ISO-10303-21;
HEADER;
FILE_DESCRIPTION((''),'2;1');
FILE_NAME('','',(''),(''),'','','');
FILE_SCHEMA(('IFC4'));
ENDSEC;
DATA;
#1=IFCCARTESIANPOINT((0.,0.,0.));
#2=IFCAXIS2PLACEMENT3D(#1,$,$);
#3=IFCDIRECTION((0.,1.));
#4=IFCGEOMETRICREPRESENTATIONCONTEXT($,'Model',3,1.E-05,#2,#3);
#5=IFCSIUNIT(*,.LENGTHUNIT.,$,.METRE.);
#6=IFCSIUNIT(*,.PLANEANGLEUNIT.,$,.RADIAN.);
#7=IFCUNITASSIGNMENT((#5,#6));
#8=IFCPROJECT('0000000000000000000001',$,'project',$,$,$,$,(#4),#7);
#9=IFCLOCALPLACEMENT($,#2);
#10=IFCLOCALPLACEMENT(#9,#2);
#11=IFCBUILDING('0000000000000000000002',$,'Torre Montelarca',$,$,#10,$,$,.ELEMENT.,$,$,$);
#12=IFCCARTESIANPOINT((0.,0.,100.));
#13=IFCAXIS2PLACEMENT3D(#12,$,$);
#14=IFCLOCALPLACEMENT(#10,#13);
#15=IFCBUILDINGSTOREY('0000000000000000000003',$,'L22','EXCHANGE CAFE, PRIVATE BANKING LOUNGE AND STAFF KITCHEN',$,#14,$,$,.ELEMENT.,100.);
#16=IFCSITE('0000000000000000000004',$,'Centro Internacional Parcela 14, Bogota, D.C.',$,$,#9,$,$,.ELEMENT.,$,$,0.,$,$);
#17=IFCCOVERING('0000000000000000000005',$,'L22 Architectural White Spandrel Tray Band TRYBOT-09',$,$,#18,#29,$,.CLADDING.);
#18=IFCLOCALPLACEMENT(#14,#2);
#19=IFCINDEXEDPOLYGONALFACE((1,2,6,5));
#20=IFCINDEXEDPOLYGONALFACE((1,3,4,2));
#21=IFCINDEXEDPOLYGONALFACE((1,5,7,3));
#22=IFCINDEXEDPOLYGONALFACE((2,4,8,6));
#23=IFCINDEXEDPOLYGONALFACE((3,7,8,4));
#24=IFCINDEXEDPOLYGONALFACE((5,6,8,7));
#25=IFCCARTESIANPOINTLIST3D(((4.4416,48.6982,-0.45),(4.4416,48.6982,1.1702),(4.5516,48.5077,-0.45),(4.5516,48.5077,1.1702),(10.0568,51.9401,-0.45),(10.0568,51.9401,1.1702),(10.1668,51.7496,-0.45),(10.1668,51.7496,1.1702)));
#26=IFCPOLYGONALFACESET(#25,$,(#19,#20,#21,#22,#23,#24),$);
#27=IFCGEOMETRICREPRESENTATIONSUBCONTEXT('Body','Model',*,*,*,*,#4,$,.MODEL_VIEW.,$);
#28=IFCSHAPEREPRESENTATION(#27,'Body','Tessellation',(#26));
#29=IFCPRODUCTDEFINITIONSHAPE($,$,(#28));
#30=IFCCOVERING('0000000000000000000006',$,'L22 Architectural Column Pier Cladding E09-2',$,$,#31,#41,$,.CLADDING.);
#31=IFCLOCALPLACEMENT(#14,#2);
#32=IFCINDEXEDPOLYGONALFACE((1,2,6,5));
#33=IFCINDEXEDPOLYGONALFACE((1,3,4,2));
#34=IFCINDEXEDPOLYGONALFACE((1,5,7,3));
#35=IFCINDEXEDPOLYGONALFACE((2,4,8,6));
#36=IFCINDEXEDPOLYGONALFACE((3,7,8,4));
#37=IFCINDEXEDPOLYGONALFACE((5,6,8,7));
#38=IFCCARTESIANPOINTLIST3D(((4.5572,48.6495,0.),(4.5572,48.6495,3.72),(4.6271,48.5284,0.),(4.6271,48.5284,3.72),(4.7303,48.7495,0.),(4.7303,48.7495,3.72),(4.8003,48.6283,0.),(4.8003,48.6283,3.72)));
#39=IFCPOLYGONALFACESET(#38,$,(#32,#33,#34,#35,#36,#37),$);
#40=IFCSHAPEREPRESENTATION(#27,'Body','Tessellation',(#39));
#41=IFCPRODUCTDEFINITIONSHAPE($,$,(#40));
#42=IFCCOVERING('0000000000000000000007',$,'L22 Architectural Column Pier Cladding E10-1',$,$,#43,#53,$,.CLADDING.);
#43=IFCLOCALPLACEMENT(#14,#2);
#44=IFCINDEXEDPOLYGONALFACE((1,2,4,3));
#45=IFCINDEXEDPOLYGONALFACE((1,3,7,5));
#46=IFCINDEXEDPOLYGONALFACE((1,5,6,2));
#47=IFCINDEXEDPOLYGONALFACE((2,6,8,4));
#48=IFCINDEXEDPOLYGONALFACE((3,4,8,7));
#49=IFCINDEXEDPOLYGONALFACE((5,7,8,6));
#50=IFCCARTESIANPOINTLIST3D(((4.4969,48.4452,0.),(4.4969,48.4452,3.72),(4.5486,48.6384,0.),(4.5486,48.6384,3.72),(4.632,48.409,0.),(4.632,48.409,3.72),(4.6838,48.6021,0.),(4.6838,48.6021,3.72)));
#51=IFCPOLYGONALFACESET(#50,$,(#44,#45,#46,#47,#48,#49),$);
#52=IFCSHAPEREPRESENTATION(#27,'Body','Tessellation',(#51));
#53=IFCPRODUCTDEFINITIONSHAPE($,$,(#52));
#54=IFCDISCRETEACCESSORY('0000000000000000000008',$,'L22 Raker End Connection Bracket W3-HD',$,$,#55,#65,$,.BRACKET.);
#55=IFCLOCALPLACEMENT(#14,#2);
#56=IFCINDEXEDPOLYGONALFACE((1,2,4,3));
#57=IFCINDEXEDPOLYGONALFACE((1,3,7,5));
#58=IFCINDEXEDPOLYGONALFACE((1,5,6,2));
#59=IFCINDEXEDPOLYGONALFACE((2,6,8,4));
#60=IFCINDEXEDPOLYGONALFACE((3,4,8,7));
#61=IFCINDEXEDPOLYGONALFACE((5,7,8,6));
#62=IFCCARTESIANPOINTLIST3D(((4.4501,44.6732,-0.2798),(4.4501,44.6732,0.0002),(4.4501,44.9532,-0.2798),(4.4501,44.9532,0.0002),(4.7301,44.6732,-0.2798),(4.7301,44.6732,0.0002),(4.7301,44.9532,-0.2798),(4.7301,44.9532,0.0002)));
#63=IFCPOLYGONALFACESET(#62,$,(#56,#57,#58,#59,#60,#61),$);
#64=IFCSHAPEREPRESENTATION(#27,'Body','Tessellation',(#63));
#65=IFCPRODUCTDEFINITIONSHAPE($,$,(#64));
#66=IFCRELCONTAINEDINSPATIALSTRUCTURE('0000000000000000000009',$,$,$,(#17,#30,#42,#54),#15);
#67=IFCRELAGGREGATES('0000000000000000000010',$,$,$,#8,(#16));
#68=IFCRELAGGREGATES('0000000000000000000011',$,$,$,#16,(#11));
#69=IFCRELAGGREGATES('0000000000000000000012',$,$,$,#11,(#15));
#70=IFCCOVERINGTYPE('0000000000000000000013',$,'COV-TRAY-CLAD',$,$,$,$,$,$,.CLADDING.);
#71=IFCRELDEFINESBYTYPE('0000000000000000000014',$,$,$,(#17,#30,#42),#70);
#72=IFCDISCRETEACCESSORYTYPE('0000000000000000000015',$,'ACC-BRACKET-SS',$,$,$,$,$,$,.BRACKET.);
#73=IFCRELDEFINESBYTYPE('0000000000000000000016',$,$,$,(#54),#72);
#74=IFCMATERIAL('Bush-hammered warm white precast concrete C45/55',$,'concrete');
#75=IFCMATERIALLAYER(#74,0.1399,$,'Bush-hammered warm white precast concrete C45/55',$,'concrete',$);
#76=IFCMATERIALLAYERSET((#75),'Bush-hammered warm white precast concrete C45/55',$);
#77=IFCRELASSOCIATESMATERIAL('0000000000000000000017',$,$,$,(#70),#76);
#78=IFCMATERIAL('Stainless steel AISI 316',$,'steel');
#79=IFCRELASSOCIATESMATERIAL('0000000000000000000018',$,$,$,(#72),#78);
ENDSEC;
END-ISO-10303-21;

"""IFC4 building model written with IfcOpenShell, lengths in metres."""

from ifc_helpers import new_model, si_unit, direction, frame, origin, origin_2d, place, context, subcontext, project, spatial, rectangle, extrude, source, transform, mapped, material, layer, layer_set, type_object, element, save


model = new_model("IFC4")

# Units and contexts
model_context = context("Model", 3, precision=1e-05, world=origin(), true_north=direction((0.0, 1.0)))
body_context = subcontext(model_context, "Body", "Model", "MODEL_VIEW")
ifc_project = project(units=[si_unit("LENGTHUNIT", "METRE"), si_unit("PLANEANGLEUNIT", "RADIAN")], contexts=[model_context])

# Site, building, storey
site_placement = place(None, origin())
site = spatial("IfcSite", under=ifc_project, at=site_placement, Name="Centro Internacional Parcela 14, Bogota, D.C.", CompositionType="ELEMENT", RefElevation=0.0)
building_placement = place(site_placement, origin())
building = spatial("IfcBuilding", under=site, at=building_placement, Name="Torre Montelarca", CompositionType="ELEMENT")
storey_placement = place(building_placement, frame((0.0, 0.0, 100.0)))
storey = spatial("IfcBuildingStorey", under=building, at=storey_placement, Name="L22", Description="EXCHANGE CAFE, PRIVATE BANKING LOUNGE AND STAFF KITCHEN", CompositionType="ELEMENT", Elevation=100.0)

# Coverings
ifc_material_1 = material(Name="Bush-hammered warm white precast concrete C45/55", Category="concrete")
ifc_layer_1 = layer(ifc_material_1, 0.1399, Name="Bush-hammered warm white precast concrete C45/55", Category="concrete")
ifc_layer_set_1 = layer_set([ifc_layer_1], Name="Bush-hammered warm white precast concrete C45/55")
covering_type = type_object("IfcCoveringType", Name="COV-TRAY-CLAD", PredefinedType="CLADDING", material=ifc_layer_set_1)
shared_shape_1 = source(origin(), body_context, "Body", "SweptSolid", [
    extrude(rectangle(XDim=6.4839, YDim=0.22, at=origin_2d()), origin(), (0.0, 0.0, 1.0), 1.6201),
])
covering_placement = place(storey_placement, frame((7.3042, 50.2239, -0.45), z_axis=(0.0, 0.0, 1.0), x_axis=(-0.866026, -0.499998, 0.0)))
element("IfcCovering", 1, at=covering_placement, inside=storey, type_object=covering_type, Name="L22 Architectural White Spandrel Tray Band TRYBOT-09", PredefinedType="CLADDING", context=body_context, shape_type="MappedRepresentation", body=[
    mapped(shared_shape_1, transform((0.0, 0.0, 0.0), scale=1.0)),
])
shared_shape_2 = source(origin(), body_context, "Body", "SweptSolid", [
    extrude(rectangle(XDim=0.2, YDim=0.1399, at=origin_2d()), origin(), (0.0, 0.0, 1.0), 3.72),
])
for number, where, z_axis, x_axis, name in (
    (2, (4.6787, 48.6389, 0.0), (0.0, 0.0, 1.0), (-0.866025, -0.500002, 0.0), "L22 Architectural Column Pier Cladding E09-2"),
    (3, (4.5903, 48.5237, 0.0), (0.0, 0.0, 1.0), (-0.258819, -0.965926, 0.0), "L22 Architectural Column Pier Cladding E10-1"),
):
    element("IfcCovering", number, at=place(storey_placement, frame(where, z_axis=z_axis, x_axis=x_axis)), inside=storey, type_object=covering_type, Name=name, PredefinedType="CLADDING", context=body_context, shape_type="MappedRepresentation", body=[
        mapped(shared_shape_2, transform((0.0, 0.0, 0.0), scale=1.0)),
    ])

# Discrete accessory
ifc_material_2 = material(Name="Stainless steel AISI 316", Category="steel")
discrete_accessory_type = type_object("IfcDiscreteAccessoryType", Name="ACC-BRACKET-SS", PredefinedType="BRACKET", material=ifc_material_2)
shared_shape_3 = source(origin(), body_context, "Body", "SweptSolid", [
    extrude(rectangle(XDim=0.28, YDim=0.28, at=origin_2d()), origin(), (0.0, 0.0, 1.0), 0.28),
])
discrete_accessory_placement = place(storey_placement, frame((4.5901, 44.8132, -0.2798), z_axis=(0.0, 0.0, 1.0), x_axis=(1.0, 0.0, 0.0)))
element("IfcDiscreteAccessory", 4, at=discrete_accessory_placement, inside=storey, type_object=discrete_accessory_type, Name="L22 Raker End Connection Bracket W3-HD", PredefinedType="BRACKET", context=body_context, shape_type="MappedRepresentation", body=[
    mapped(shared_shape_3, transform((0.0, 0.0, 0.0), scale=1.0)),
])

save(model, "model.ifc")
